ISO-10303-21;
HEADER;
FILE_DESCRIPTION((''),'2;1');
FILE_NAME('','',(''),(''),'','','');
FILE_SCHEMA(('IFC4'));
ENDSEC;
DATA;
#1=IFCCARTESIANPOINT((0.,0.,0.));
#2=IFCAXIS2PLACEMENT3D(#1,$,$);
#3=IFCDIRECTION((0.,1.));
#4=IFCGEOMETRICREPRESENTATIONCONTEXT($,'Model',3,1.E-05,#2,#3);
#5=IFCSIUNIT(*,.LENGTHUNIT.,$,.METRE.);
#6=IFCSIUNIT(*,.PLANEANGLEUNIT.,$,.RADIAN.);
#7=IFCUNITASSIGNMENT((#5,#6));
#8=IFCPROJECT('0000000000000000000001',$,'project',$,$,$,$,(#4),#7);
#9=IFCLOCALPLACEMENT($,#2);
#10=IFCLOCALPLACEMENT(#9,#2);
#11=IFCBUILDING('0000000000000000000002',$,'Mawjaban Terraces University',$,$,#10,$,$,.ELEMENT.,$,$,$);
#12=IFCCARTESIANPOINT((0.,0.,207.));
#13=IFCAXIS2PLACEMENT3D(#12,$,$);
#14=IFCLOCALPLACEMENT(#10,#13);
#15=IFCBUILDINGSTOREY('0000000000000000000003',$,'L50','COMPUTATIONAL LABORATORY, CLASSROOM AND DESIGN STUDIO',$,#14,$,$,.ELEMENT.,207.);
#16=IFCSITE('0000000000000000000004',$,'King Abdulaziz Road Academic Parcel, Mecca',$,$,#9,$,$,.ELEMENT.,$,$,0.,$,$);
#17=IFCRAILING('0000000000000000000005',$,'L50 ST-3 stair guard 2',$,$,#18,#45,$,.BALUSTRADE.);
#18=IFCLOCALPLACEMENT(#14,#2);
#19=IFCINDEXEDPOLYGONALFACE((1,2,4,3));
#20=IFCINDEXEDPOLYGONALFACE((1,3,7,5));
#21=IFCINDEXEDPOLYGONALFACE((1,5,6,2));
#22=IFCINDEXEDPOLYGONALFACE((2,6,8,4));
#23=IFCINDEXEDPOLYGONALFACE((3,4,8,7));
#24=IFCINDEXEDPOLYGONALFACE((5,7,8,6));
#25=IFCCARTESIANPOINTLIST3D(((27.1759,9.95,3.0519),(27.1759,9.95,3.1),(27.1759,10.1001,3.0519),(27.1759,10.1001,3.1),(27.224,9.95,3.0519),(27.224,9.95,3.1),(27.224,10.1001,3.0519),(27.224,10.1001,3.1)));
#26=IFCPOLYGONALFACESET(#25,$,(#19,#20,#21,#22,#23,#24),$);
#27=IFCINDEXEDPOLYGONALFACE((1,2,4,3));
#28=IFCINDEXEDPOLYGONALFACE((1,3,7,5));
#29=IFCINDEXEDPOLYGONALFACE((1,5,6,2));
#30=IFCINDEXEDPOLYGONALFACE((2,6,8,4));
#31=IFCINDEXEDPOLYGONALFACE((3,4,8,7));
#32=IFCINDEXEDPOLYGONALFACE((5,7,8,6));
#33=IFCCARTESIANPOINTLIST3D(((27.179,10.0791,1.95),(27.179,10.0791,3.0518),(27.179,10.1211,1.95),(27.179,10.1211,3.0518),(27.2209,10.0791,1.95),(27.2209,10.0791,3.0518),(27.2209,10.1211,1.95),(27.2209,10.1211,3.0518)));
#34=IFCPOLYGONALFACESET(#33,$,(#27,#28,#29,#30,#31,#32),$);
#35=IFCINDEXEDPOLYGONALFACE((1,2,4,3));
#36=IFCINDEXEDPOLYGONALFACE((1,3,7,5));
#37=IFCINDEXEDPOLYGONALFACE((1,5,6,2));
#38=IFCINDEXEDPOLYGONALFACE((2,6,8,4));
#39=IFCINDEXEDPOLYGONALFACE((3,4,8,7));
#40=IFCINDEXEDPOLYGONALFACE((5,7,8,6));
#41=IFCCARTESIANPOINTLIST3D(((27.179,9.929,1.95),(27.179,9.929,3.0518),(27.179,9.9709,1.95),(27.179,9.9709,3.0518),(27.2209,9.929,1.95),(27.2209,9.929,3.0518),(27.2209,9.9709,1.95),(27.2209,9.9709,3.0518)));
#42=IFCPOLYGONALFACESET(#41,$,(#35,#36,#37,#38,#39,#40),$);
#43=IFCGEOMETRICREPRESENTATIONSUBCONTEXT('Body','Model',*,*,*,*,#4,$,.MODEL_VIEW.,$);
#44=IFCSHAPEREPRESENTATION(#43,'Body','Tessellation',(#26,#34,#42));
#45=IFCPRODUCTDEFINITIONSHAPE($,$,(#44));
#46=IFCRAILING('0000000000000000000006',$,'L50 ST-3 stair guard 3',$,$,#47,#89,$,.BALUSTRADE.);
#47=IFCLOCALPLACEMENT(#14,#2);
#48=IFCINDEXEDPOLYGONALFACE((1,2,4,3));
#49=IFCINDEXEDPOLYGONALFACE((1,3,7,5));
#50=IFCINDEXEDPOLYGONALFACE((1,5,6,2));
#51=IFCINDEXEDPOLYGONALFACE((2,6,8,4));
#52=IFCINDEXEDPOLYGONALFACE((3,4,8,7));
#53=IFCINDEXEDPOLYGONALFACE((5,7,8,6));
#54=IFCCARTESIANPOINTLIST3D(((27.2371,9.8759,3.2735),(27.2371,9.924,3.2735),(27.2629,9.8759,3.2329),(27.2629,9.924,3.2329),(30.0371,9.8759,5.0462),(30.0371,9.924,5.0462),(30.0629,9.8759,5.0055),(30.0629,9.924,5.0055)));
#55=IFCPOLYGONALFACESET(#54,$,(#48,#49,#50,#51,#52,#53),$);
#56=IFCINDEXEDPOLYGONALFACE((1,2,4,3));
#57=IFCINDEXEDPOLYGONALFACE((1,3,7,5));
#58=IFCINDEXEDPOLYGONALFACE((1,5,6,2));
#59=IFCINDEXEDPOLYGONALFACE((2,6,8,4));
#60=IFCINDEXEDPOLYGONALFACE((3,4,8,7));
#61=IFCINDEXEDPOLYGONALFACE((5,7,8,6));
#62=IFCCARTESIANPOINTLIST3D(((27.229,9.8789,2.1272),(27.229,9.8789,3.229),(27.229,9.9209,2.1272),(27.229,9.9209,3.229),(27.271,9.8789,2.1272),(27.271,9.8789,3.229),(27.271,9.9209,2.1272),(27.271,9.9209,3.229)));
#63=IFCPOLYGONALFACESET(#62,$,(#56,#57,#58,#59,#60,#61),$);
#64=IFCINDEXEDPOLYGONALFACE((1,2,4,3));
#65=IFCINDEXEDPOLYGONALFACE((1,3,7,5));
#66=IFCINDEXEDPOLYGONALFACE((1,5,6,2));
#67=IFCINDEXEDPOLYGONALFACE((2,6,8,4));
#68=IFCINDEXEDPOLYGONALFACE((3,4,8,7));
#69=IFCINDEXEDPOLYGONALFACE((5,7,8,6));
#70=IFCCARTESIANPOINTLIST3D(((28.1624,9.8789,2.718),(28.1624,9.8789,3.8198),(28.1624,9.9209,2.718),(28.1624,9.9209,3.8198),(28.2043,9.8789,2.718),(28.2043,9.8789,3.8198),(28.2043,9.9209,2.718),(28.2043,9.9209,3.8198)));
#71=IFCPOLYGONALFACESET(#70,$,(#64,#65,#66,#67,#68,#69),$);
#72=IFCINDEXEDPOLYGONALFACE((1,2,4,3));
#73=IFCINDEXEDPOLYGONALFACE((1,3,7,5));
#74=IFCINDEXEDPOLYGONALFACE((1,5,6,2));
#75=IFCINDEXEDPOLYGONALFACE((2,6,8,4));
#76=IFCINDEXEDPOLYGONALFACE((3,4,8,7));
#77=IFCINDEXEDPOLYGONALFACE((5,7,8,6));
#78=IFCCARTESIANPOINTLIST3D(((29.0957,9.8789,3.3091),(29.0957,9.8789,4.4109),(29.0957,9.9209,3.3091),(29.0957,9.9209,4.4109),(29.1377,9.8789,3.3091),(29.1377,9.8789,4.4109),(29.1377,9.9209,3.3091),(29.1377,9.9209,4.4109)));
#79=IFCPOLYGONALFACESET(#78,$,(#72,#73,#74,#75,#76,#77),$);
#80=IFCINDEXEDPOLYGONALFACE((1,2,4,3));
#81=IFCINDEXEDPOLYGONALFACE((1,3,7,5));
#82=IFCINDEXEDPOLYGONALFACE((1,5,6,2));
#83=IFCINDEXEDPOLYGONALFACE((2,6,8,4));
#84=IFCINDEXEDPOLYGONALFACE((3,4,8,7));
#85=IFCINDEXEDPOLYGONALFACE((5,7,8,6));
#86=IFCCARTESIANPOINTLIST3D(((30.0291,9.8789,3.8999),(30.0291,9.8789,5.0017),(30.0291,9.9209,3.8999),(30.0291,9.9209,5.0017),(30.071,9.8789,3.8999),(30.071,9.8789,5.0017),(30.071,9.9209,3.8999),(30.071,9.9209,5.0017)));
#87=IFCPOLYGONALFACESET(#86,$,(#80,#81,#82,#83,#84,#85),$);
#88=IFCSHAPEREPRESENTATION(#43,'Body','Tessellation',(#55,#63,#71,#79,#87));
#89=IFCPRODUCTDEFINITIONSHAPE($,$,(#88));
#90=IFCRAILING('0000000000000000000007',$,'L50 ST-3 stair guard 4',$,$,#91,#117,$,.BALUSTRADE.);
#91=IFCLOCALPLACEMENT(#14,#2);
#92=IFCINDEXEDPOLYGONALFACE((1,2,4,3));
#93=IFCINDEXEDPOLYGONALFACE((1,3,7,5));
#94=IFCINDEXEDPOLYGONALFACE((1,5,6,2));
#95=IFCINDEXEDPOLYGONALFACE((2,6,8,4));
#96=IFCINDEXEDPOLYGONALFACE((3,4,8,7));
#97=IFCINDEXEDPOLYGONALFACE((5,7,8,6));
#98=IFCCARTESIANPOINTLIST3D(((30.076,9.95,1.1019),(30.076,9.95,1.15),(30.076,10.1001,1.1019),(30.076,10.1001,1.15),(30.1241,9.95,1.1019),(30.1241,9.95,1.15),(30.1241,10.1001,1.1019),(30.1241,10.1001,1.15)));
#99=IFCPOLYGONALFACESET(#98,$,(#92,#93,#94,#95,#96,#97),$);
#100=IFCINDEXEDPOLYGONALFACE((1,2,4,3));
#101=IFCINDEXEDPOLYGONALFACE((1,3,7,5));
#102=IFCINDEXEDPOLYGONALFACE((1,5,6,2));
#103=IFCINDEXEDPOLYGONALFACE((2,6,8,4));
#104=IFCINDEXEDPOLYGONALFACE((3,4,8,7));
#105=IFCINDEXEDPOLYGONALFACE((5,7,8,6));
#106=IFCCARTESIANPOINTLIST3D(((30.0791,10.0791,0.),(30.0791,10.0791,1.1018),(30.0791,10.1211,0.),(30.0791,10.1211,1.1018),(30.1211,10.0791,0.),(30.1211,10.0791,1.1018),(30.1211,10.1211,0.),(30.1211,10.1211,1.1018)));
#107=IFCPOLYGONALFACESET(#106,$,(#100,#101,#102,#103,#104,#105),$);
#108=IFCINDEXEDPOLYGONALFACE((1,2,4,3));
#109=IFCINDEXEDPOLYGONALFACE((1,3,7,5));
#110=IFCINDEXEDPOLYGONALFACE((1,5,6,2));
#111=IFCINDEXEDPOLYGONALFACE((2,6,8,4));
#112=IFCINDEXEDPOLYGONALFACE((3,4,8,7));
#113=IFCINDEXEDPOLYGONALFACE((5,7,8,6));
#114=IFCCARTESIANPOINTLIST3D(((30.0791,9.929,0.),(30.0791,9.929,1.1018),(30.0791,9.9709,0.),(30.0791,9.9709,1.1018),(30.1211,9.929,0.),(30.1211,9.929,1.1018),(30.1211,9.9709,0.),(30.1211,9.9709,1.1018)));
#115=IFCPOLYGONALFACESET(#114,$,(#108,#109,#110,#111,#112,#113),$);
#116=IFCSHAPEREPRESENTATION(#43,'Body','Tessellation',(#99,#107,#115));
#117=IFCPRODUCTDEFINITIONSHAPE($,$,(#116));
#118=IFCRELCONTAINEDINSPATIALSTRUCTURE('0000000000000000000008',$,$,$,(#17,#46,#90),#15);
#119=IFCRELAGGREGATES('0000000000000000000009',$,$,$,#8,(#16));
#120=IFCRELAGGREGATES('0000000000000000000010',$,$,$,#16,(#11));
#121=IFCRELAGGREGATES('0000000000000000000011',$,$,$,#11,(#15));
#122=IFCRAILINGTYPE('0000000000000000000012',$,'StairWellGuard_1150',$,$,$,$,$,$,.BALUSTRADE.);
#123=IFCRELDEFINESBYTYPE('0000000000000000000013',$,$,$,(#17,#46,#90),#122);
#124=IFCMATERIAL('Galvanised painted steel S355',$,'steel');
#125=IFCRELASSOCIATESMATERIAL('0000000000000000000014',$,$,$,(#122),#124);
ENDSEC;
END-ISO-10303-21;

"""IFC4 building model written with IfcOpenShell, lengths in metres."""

from ifc_helpers import new_model, si_unit, direction, frame, origin, origin_2d, place, context, subcontext, project, spatial, rectangle, extrude, material, type_object, element, save


model = new_model("IFC4")

# Units and contexts
model_context = context("Model", 3, precision=1e-05, world=origin(), true_north=direction((0.0, 1.0)))
body_context = subcontext(model_context, "Body", "Model", "MODEL_VIEW")
ifc_project = project(units=[si_unit("LENGTHUNIT", "METRE"), si_unit("PLANEANGLEUNIT", "RADIAN")], contexts=[model_context])

# Site, building, storey
site_placement = place(None, origin())
site = spatial("IfcSite", under=ifc_project, at=site_placement, Name="King Abdulaziz Road Academic Parcel, Mecca", CompositionType="ELEMENT", RefElevation=0.0)
building_placement = place(site_placement, origin())
building = spatial("IfcBuilding", under=site, at=building_placement, Name="Mawjaban Terraces University", CompositionType="ELEMENT")
storey_placement = place(building_placement, frame((0.0, 0.0, 207.0)))
storey = spatial("IfcBuildingStorey", under=building, at=storey_placement, Name="L50", Description="COMPUTATIONAL LABORATORY, CLASSROOM AND DESIGN STUDIO", CompositionType="ELEMENT", Elevation=207.0)

# Railings
ifc_material_1 = material(Name="Galvanised painted steel S355", Category="steel")
railing_type_1 = type_object("IfcRailingType", Name="StairWellGuard_1150", PredefinedType="BALUSTRADE", material=ifc_material_1)
railing_1_placement = place(storey_placement, frame((27.2, 10.1001, 1.95)))
element("IfcRailing", 1, at=railing_1_placement, inside=storey, type_object=railing_type_1, Name="L50 ST-3 stair guard 2", PredefinedType="BALUSTRADE", context=body_context, shape_type="SweptSolid", body=[
    extrude(rectangle(XDim=0.0481, YDim=0.0481, at=origin_2d()), frame((0.0, 0.0, 1.126), z_axis=(0.0, -1.0, 0.0), x_axis=(1.0, 0.0, 0.0)), (0.0, 0.0, 1.0), 0.1501),
    extrude(rectangle(XDim=0.042, YDim=0.042, at=origin_2d()), origin(), (0.0, 0.0, 1.0), 1.1018),
    extrude(rectangle(XDim=0.042, YDim=0.042, at=origin_2d()), frame((0.0, -0.1501, 0.0)), (0.0, 0.0, 1.0), 1.1018),
])
railing_2_placement = place(storey_placement, frame((27.25, 9.8999, 2.1272)))
element("IfcRailing", 2, at=railing_2_placement, inside=storey, type_object=railing_type_1, Name="L50 ST-3 stair guard 3", PredefinedType="BALUSTRADE", context=body_context, shape_type="SweptSolid", body=[
    extrude(rectangle(XDim=0.0481, YDim=0.0481, at=origin_2d()), frame((0.0, 0.0, 1.126), z_axis=(0.844909, 0.0, 0.53491), x_axis=(0.0, 1.0, 0.0)), (0.0, 0.0, 1.0), 3.314),
    extrude(rectangle(XDim=0.042, YDim=0.042, at=origin_2d()), origin(), (0.0, 0.0, 1.0), 1.1018),
    extrude(rectangle(XDim=0.042, YDim=0.042, at=origin_2d()), frame((0.9333, 0.0, 0.5908)), (0.0, 0.0, 1.0), 1.1018),
    extrude(rectangle(XDim=0.042, YDim=0.042, at=origin_2d()), frame((1.8667, 0.0, 1.1819)), (0.0, 0.0, 1.0), 1.1018),
    extrude(rectangle(XDim=0.042, YDim=0.042, at=origin_2d()), frame((2.8, 0.0, 1.7727)), (0.0, 0.0, 1.0), 1.1018),
])
railing_3_placement = place(storey_placement, frame((30.1001, 10.1001, 0.0)))
element("IfcRailing", 3, at=railing_3_placement, inside=storey, type_object=railing_type_1, Name="L50 ST-3 stair guard 4", PredefinedType="BALUSTRADE", context=body_context, shape_type="SweptSolid", body=[
    extrude(rectangle(XDim=0.0481, YDim=0.0481, at=origin_2d()), frame((0.0, 0.0, 1.126), z_axis=(0.0, -1.0, 0.0), x_axis=(1.0, 0.0, 0.0)), (0.0, 0.0, 1.0), 0.1501),
    extrude(rectangle(XDim=0.042, YDim=0.042, at=origin_2d()), origin(), (0.0, 0.0, 1.0), 1.1018),
    extrude(rectangle(XDim=0.042, YDim=0.042, at=origin_2d()), frame((0.0, -0.1501, 0.0)), (0.0, 0.0, 1.0), 1.1018),
])

save(model, "model.ifc")
